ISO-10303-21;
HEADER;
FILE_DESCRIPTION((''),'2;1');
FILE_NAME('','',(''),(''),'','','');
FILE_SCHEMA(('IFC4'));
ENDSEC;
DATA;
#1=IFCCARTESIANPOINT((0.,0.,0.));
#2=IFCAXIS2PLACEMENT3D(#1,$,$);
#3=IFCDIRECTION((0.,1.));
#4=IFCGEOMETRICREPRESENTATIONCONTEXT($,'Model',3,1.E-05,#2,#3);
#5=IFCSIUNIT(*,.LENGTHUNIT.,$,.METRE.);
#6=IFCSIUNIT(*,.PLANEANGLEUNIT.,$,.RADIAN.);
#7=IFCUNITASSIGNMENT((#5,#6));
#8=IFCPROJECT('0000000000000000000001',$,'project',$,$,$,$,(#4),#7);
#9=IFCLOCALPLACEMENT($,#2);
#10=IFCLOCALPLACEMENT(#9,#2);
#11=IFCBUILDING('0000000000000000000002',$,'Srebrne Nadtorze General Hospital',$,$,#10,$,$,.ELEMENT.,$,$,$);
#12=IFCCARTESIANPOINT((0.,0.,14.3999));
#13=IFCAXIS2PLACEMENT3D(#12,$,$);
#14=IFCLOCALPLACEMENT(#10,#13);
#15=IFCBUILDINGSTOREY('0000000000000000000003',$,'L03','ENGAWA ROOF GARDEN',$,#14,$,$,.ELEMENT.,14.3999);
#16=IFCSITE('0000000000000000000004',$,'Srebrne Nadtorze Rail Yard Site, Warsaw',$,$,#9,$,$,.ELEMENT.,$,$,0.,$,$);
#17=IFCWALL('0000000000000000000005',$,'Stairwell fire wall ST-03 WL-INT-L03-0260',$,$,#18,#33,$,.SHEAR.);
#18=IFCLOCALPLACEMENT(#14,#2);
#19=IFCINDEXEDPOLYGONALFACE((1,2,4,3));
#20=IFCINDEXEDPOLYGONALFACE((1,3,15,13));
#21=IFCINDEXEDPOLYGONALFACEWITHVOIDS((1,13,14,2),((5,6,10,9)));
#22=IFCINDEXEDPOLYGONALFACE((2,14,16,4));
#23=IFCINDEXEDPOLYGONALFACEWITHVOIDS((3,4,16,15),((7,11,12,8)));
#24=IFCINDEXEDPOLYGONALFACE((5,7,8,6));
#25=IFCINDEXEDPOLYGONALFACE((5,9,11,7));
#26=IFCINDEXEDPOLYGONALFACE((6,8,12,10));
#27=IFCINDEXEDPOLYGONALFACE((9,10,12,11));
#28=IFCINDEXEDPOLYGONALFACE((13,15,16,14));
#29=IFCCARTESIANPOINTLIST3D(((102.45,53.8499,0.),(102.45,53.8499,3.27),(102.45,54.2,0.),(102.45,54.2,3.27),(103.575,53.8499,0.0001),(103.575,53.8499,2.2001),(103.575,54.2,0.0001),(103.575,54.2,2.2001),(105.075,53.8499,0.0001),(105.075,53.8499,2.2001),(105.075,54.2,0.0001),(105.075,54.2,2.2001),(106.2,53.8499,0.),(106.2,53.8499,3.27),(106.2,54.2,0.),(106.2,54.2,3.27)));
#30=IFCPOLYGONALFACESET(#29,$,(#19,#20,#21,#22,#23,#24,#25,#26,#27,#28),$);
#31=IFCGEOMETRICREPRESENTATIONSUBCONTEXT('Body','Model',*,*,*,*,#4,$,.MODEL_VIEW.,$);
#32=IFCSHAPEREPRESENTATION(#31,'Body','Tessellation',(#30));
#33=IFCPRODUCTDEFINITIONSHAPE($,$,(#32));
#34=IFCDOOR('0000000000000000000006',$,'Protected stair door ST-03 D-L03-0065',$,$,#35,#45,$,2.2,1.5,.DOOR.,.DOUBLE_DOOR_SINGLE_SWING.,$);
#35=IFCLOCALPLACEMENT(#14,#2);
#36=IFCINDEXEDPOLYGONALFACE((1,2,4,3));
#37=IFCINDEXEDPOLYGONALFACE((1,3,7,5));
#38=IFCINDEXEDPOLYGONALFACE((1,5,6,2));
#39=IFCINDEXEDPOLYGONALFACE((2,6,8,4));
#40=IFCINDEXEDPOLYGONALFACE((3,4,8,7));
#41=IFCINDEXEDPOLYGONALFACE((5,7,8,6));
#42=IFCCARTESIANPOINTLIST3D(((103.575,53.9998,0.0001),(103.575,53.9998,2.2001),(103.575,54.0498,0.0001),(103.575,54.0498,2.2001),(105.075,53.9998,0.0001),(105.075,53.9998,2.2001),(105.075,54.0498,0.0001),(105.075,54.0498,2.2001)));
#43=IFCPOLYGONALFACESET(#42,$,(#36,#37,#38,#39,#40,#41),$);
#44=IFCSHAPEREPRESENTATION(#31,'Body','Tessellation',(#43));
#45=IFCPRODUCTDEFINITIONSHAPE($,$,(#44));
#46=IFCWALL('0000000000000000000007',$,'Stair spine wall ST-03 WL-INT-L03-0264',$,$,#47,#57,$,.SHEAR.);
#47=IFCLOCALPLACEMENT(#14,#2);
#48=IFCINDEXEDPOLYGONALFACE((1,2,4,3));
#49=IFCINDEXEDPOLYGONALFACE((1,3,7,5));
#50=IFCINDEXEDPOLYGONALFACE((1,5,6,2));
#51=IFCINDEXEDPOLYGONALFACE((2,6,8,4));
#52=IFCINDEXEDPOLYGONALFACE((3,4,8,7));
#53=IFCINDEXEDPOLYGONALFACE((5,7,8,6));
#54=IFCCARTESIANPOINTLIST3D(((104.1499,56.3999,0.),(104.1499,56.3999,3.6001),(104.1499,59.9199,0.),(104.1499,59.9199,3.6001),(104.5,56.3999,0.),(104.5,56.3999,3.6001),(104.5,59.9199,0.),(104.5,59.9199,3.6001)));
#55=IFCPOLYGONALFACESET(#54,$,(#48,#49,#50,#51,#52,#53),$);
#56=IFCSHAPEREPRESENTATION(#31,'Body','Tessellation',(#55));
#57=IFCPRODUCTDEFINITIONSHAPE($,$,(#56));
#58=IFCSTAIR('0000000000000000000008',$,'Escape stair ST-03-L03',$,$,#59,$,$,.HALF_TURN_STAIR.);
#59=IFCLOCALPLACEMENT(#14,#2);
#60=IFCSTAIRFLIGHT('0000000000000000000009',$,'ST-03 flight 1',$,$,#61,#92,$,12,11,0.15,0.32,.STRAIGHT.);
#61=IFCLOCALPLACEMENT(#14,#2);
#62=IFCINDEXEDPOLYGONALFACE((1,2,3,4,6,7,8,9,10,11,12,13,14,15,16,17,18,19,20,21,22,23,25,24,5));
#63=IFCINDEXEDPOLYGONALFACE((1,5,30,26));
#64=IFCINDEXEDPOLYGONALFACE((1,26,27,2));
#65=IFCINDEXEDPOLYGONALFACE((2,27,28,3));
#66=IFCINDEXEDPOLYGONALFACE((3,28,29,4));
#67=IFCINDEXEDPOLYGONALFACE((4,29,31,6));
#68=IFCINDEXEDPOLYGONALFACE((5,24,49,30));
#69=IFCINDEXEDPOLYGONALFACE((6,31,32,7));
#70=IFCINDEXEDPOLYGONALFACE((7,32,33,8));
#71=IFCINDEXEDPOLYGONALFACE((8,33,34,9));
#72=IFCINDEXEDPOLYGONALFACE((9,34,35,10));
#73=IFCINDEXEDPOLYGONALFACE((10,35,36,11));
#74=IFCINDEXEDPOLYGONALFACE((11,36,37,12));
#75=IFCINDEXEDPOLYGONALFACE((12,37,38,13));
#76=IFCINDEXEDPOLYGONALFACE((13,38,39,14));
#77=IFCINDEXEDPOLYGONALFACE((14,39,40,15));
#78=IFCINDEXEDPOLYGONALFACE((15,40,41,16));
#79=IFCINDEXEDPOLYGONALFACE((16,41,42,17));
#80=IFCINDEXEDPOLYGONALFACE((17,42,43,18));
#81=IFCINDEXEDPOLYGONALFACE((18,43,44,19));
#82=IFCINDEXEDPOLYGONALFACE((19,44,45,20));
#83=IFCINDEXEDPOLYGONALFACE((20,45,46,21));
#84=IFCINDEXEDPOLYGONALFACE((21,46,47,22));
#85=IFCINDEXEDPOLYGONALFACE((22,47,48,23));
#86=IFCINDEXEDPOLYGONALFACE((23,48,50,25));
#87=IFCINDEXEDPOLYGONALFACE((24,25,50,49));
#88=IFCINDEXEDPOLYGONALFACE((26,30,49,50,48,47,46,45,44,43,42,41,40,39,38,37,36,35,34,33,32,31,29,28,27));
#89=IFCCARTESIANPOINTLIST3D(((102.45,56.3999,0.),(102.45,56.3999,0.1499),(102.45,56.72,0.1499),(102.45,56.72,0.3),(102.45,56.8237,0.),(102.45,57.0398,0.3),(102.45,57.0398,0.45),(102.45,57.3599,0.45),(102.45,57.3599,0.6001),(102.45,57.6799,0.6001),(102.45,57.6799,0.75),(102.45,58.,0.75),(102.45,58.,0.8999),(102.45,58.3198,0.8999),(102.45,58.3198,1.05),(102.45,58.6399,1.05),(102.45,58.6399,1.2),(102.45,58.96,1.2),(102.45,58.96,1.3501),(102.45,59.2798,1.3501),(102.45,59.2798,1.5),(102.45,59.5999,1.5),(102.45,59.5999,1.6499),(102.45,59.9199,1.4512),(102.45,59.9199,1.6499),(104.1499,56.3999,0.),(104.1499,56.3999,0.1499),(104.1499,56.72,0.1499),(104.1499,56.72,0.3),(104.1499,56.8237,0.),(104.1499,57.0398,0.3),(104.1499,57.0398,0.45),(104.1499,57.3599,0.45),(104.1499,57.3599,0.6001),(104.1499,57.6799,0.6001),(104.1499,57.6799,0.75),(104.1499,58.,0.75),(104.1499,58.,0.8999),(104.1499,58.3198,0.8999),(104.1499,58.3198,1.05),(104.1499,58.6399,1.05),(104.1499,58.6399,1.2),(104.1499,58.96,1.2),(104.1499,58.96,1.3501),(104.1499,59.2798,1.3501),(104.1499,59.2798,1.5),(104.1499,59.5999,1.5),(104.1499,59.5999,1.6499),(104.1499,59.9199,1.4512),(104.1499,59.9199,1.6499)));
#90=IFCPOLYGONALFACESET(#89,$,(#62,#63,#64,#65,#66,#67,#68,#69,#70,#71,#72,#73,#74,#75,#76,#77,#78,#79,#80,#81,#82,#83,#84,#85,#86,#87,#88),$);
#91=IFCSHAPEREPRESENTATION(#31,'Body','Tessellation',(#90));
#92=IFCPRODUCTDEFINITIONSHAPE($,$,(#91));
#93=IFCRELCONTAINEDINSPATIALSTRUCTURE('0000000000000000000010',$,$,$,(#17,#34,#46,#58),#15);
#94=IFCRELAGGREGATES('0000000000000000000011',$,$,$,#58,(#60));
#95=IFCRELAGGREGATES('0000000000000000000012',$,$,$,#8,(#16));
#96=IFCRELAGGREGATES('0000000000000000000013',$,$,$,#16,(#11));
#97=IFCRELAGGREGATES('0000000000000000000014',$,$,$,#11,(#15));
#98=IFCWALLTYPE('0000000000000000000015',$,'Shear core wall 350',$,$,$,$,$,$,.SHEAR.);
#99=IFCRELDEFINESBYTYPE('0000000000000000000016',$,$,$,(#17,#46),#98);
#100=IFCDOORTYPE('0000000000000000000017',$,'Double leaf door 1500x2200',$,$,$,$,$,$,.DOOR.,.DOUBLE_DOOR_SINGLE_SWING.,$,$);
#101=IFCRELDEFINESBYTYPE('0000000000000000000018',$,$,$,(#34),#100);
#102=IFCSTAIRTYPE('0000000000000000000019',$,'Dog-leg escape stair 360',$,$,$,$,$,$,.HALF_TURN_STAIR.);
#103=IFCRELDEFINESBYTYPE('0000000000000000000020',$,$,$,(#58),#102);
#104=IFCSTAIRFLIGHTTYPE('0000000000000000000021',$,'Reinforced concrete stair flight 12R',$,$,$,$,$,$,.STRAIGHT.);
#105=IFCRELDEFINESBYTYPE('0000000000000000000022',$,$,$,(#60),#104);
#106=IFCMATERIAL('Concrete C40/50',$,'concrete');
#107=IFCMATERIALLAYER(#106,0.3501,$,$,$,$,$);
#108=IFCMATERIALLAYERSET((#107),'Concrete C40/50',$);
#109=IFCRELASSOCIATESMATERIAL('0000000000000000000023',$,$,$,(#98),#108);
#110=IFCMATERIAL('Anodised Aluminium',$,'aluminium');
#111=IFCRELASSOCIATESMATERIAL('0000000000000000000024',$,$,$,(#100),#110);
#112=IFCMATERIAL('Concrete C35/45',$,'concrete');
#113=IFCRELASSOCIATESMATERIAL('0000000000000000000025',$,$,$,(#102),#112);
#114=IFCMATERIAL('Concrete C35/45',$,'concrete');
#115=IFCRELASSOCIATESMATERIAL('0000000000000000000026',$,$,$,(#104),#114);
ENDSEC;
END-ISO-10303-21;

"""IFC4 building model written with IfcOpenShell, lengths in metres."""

from ifc_helpers import new_model, si_unit, direction, frame, frame_2d, origin, place, context, subcontext, project, spatial, polyline, rectangle, outline, extrude, material, layer, layer_set, type_object, element, fill, aggregate, save


model = new_model("IFC4")

# Units and contexts
model_context = context("Model", 3, precision=1e-05, world=origin(), true_north=direction((0.0, 1.0)))
body_context = subcontext(model_context, "Body", "Model", "MODEL_VIEW")
ifc_project = project(units=[si_unit("LENGTHUNIT", "METRE"), si_unit("PLANEANGLEUNIT", "RADIAN")], contexts=[model_context])

# Site, building, storey
site_placement = place(None, origin())
site = spatial("IfcSite", under=ifc_project, at=site_placement, Name="Srebrne Nadtorze Rail Yard Site, Warsaw", CompositionType="ELEMENT", RefElevation=0.0)
building_placement = place(site_placement, origin())
building = spatial("IfcBuilding", under=site, at=building_placement, Name="Srebrne Nadtorze General Hospital", CompositionType="ELEMENT")
storey_placement = place(building_placement, frame((0.0, 0.0, 14.3999)))
storey = spatial("IfcBuildingStorey", under=building, at=storey_placement, Name="L03", Description="ENGAWA ROOF GARDEN", CompositionType="ELEMENT", Elevation=14.3999)

# Shared definitions
ifc_material_1 = material(Name="Concrete C40/50", Category="concrete")
ifc_layer_1 = layer(ifc_material_1, 0.3501)
ifc_layer_set_1 = layer_set([ifc_layer_1], Name="Concrete C40/50")
wall_type_1 = type_object("IfcWallType", Name="Shear core wall 350", PredefinedType="SHEAR", material=ifc_layer_set_1)

# Wall, opening, door
wall_1_placement = place(storey_placement, frame((102.45, 54.0249, 0.0), z_axis=(0.0, 0.0, 1.0), x_axis=(1.0, 0.0, 0.0)))
wall_1 = element("IfcWall", 1, at=wall_1_placement, inside=storey, type_object=wall_type_1, Name="Stairwell fire wall ST-03 WL-INT-L03-0260", PredefinedType="SHEAR", context=body_context, shape_type="SweptSolid", body=[
    extrude(rectangle(XDim=3.75, YDim=0.3501, at=frame_2d((1.875, 0.0))), origin(), (0.0, 0.0, 1.0), 3.27),
])
opening_placement = place(wall_1_placement, frame((1.125, 0.0, 0.0)))
opening = element("IfcOpeningElement", 2, at=opening_placement, cuts=wall_1, PredefinedType="OPENING", context=body_context, shape_type="SweptSolid", body=[
    extrude(rectangle(XDim=1.5, YDim=2.2, at=frame_2d((0.75, 1.1001))), frame((0.0, 0.187, 0.0), z_axis=(0.0, -1.0, 0.0), x_axis=(1.0, 0.0, 0.0)), (0.0, 0.0, 1.0), 0.374),
])
ifc_material_2 = material(Name="Anodised Aluminium", Category="aluminium")
door_type = type_object("IfcDoorType", Name="Double leaf door 1500x2200", OperationType="DOUBLE_DOOR_SINGLE_SWING", PredefinedType="DOOR", material=ifc_material_2)
door_placement = place(opening_placement, origin())
door = element("IfcDoor", 3, at=door_placement, inside=storey, type_object=door_type, Name="Protected stair door ST-03 D-L03-0065", OperationType="DOUBLE_DOOR_SINGLE_SWING", OverallHeight=2.2, OverallWidth=1.5, PredefinedType="DOOR", context=body_context, shape_type="SweptSolid", body=[
    extrude(rectangle(XDim=1.5, YDim=2.2, at=frame_2d((0.75, 1.1001))), frame((0.0, 0.0249, 0.0), z_axis=(0.0, -1.0, 0.0), x_axis=(1.0, 0.0, 0.0)), (0.0, 0.0, 1.0), 0.05),
])
fill(opening, door)

# Wall
wall_2_placement = place(storey_placement, frame((104.325, 56.3999, 0.0), z_axis=(0.0, 0.0, 1.0), x_axis=(0.0, 1.0, 0.0)))
element("IfcWall", 4, at=wall_2_placement, inside=storey, type_object=wall_type_1, Name="Stair spine wall ST-03 WL-INT-L03-0264", PredefinedType="SHEAR", context=body_context, shape_type="SweptSolid", body=[
    extrude(rectangle(XDim=3.52, YDim=0.3501, at=frame_2d((1.76, 0.0))), origin(), (0.0, 0.0, 1.0), 3.6001),
])

# Stair, stair flight
ifc_material_3 = material(Name="Concrete C35/45", Category="concrete")
stair_type = type_object("IfcStairType", Name="Dog-leg escape stair 360", PredefinedType="HALF_TURN_STAIR", material=ifc_material_3)
stair_placement = place(storey_placement, origin())
stair = element("IfcStair", 5, at=stair_placement, inside=storey, type_object=stair_type, Name="Escape stair ST-03-L03", PredefinedType="HALF_TURN_STAIR")
ifc_material_4 = material(Name="Concrete C35/45", Category="concrete")
stair_flight_type = type_object("IfcStairFlightType", Name="Reinforced concrete stair flight 12R", PredefinedType="STRAIGHT", material=ifc_material_4)
stair_flight_placement = place(storey_placement, frame((103.3, 56.3999, 0.0), z_axis=(0.0, 0.0, 1.0), x_axis=(0.0, 1.0, 0.0)))
stair_flight = element("IfcStairFlight", 6, at=stair_flight_placement, type_object=stair_flight_type, Name="ST-03 flight 1", NumberOfRisers=12, NumberOfTreads=11, PredefinedType="STRAIGHT", RiserHeight=0.15, TreadLength=0.32, context=body_context, shape_type="SweptSolid", body=[
    extrude(outline(polyline([(0.0, 0.0), (0.0, 0.1499), (0.3201, 0.1499), (0.3201, 0.3), (0.6399, 0.3), (0.6399, 0.45), (0.96, 0.45), (0.96, 0.6001), (1.28, 0.6001), (1.28, 0.75), (1.6001, 0.75), (1.6001, 0.8999), (1.9199, 0.8999), (1.9199, 1.05), (2.24, 1.05), (2.24, 1.2), (2.5601, 1.2), (2.5601, 1.3501), (2.8799, 1.3501), (2.8799, 1.5), (3.2, 1.5), (3.2, 1.6499), (3.52, 1.6499), (3.52, 1.8), (3.52, 1.4512), (0.4238, 0.0), (0.0, 0.0)])), frame((0.0, 0.8501, 0.0), z_axis=(0.0, -1.0, 0.0), x_axis=(1.0, 0.0, 0.0)), (0.0, 0.0, 1.0), 1.7),
])
aggregate(stair, [stair_flight])

save(model, "model.ifc")
